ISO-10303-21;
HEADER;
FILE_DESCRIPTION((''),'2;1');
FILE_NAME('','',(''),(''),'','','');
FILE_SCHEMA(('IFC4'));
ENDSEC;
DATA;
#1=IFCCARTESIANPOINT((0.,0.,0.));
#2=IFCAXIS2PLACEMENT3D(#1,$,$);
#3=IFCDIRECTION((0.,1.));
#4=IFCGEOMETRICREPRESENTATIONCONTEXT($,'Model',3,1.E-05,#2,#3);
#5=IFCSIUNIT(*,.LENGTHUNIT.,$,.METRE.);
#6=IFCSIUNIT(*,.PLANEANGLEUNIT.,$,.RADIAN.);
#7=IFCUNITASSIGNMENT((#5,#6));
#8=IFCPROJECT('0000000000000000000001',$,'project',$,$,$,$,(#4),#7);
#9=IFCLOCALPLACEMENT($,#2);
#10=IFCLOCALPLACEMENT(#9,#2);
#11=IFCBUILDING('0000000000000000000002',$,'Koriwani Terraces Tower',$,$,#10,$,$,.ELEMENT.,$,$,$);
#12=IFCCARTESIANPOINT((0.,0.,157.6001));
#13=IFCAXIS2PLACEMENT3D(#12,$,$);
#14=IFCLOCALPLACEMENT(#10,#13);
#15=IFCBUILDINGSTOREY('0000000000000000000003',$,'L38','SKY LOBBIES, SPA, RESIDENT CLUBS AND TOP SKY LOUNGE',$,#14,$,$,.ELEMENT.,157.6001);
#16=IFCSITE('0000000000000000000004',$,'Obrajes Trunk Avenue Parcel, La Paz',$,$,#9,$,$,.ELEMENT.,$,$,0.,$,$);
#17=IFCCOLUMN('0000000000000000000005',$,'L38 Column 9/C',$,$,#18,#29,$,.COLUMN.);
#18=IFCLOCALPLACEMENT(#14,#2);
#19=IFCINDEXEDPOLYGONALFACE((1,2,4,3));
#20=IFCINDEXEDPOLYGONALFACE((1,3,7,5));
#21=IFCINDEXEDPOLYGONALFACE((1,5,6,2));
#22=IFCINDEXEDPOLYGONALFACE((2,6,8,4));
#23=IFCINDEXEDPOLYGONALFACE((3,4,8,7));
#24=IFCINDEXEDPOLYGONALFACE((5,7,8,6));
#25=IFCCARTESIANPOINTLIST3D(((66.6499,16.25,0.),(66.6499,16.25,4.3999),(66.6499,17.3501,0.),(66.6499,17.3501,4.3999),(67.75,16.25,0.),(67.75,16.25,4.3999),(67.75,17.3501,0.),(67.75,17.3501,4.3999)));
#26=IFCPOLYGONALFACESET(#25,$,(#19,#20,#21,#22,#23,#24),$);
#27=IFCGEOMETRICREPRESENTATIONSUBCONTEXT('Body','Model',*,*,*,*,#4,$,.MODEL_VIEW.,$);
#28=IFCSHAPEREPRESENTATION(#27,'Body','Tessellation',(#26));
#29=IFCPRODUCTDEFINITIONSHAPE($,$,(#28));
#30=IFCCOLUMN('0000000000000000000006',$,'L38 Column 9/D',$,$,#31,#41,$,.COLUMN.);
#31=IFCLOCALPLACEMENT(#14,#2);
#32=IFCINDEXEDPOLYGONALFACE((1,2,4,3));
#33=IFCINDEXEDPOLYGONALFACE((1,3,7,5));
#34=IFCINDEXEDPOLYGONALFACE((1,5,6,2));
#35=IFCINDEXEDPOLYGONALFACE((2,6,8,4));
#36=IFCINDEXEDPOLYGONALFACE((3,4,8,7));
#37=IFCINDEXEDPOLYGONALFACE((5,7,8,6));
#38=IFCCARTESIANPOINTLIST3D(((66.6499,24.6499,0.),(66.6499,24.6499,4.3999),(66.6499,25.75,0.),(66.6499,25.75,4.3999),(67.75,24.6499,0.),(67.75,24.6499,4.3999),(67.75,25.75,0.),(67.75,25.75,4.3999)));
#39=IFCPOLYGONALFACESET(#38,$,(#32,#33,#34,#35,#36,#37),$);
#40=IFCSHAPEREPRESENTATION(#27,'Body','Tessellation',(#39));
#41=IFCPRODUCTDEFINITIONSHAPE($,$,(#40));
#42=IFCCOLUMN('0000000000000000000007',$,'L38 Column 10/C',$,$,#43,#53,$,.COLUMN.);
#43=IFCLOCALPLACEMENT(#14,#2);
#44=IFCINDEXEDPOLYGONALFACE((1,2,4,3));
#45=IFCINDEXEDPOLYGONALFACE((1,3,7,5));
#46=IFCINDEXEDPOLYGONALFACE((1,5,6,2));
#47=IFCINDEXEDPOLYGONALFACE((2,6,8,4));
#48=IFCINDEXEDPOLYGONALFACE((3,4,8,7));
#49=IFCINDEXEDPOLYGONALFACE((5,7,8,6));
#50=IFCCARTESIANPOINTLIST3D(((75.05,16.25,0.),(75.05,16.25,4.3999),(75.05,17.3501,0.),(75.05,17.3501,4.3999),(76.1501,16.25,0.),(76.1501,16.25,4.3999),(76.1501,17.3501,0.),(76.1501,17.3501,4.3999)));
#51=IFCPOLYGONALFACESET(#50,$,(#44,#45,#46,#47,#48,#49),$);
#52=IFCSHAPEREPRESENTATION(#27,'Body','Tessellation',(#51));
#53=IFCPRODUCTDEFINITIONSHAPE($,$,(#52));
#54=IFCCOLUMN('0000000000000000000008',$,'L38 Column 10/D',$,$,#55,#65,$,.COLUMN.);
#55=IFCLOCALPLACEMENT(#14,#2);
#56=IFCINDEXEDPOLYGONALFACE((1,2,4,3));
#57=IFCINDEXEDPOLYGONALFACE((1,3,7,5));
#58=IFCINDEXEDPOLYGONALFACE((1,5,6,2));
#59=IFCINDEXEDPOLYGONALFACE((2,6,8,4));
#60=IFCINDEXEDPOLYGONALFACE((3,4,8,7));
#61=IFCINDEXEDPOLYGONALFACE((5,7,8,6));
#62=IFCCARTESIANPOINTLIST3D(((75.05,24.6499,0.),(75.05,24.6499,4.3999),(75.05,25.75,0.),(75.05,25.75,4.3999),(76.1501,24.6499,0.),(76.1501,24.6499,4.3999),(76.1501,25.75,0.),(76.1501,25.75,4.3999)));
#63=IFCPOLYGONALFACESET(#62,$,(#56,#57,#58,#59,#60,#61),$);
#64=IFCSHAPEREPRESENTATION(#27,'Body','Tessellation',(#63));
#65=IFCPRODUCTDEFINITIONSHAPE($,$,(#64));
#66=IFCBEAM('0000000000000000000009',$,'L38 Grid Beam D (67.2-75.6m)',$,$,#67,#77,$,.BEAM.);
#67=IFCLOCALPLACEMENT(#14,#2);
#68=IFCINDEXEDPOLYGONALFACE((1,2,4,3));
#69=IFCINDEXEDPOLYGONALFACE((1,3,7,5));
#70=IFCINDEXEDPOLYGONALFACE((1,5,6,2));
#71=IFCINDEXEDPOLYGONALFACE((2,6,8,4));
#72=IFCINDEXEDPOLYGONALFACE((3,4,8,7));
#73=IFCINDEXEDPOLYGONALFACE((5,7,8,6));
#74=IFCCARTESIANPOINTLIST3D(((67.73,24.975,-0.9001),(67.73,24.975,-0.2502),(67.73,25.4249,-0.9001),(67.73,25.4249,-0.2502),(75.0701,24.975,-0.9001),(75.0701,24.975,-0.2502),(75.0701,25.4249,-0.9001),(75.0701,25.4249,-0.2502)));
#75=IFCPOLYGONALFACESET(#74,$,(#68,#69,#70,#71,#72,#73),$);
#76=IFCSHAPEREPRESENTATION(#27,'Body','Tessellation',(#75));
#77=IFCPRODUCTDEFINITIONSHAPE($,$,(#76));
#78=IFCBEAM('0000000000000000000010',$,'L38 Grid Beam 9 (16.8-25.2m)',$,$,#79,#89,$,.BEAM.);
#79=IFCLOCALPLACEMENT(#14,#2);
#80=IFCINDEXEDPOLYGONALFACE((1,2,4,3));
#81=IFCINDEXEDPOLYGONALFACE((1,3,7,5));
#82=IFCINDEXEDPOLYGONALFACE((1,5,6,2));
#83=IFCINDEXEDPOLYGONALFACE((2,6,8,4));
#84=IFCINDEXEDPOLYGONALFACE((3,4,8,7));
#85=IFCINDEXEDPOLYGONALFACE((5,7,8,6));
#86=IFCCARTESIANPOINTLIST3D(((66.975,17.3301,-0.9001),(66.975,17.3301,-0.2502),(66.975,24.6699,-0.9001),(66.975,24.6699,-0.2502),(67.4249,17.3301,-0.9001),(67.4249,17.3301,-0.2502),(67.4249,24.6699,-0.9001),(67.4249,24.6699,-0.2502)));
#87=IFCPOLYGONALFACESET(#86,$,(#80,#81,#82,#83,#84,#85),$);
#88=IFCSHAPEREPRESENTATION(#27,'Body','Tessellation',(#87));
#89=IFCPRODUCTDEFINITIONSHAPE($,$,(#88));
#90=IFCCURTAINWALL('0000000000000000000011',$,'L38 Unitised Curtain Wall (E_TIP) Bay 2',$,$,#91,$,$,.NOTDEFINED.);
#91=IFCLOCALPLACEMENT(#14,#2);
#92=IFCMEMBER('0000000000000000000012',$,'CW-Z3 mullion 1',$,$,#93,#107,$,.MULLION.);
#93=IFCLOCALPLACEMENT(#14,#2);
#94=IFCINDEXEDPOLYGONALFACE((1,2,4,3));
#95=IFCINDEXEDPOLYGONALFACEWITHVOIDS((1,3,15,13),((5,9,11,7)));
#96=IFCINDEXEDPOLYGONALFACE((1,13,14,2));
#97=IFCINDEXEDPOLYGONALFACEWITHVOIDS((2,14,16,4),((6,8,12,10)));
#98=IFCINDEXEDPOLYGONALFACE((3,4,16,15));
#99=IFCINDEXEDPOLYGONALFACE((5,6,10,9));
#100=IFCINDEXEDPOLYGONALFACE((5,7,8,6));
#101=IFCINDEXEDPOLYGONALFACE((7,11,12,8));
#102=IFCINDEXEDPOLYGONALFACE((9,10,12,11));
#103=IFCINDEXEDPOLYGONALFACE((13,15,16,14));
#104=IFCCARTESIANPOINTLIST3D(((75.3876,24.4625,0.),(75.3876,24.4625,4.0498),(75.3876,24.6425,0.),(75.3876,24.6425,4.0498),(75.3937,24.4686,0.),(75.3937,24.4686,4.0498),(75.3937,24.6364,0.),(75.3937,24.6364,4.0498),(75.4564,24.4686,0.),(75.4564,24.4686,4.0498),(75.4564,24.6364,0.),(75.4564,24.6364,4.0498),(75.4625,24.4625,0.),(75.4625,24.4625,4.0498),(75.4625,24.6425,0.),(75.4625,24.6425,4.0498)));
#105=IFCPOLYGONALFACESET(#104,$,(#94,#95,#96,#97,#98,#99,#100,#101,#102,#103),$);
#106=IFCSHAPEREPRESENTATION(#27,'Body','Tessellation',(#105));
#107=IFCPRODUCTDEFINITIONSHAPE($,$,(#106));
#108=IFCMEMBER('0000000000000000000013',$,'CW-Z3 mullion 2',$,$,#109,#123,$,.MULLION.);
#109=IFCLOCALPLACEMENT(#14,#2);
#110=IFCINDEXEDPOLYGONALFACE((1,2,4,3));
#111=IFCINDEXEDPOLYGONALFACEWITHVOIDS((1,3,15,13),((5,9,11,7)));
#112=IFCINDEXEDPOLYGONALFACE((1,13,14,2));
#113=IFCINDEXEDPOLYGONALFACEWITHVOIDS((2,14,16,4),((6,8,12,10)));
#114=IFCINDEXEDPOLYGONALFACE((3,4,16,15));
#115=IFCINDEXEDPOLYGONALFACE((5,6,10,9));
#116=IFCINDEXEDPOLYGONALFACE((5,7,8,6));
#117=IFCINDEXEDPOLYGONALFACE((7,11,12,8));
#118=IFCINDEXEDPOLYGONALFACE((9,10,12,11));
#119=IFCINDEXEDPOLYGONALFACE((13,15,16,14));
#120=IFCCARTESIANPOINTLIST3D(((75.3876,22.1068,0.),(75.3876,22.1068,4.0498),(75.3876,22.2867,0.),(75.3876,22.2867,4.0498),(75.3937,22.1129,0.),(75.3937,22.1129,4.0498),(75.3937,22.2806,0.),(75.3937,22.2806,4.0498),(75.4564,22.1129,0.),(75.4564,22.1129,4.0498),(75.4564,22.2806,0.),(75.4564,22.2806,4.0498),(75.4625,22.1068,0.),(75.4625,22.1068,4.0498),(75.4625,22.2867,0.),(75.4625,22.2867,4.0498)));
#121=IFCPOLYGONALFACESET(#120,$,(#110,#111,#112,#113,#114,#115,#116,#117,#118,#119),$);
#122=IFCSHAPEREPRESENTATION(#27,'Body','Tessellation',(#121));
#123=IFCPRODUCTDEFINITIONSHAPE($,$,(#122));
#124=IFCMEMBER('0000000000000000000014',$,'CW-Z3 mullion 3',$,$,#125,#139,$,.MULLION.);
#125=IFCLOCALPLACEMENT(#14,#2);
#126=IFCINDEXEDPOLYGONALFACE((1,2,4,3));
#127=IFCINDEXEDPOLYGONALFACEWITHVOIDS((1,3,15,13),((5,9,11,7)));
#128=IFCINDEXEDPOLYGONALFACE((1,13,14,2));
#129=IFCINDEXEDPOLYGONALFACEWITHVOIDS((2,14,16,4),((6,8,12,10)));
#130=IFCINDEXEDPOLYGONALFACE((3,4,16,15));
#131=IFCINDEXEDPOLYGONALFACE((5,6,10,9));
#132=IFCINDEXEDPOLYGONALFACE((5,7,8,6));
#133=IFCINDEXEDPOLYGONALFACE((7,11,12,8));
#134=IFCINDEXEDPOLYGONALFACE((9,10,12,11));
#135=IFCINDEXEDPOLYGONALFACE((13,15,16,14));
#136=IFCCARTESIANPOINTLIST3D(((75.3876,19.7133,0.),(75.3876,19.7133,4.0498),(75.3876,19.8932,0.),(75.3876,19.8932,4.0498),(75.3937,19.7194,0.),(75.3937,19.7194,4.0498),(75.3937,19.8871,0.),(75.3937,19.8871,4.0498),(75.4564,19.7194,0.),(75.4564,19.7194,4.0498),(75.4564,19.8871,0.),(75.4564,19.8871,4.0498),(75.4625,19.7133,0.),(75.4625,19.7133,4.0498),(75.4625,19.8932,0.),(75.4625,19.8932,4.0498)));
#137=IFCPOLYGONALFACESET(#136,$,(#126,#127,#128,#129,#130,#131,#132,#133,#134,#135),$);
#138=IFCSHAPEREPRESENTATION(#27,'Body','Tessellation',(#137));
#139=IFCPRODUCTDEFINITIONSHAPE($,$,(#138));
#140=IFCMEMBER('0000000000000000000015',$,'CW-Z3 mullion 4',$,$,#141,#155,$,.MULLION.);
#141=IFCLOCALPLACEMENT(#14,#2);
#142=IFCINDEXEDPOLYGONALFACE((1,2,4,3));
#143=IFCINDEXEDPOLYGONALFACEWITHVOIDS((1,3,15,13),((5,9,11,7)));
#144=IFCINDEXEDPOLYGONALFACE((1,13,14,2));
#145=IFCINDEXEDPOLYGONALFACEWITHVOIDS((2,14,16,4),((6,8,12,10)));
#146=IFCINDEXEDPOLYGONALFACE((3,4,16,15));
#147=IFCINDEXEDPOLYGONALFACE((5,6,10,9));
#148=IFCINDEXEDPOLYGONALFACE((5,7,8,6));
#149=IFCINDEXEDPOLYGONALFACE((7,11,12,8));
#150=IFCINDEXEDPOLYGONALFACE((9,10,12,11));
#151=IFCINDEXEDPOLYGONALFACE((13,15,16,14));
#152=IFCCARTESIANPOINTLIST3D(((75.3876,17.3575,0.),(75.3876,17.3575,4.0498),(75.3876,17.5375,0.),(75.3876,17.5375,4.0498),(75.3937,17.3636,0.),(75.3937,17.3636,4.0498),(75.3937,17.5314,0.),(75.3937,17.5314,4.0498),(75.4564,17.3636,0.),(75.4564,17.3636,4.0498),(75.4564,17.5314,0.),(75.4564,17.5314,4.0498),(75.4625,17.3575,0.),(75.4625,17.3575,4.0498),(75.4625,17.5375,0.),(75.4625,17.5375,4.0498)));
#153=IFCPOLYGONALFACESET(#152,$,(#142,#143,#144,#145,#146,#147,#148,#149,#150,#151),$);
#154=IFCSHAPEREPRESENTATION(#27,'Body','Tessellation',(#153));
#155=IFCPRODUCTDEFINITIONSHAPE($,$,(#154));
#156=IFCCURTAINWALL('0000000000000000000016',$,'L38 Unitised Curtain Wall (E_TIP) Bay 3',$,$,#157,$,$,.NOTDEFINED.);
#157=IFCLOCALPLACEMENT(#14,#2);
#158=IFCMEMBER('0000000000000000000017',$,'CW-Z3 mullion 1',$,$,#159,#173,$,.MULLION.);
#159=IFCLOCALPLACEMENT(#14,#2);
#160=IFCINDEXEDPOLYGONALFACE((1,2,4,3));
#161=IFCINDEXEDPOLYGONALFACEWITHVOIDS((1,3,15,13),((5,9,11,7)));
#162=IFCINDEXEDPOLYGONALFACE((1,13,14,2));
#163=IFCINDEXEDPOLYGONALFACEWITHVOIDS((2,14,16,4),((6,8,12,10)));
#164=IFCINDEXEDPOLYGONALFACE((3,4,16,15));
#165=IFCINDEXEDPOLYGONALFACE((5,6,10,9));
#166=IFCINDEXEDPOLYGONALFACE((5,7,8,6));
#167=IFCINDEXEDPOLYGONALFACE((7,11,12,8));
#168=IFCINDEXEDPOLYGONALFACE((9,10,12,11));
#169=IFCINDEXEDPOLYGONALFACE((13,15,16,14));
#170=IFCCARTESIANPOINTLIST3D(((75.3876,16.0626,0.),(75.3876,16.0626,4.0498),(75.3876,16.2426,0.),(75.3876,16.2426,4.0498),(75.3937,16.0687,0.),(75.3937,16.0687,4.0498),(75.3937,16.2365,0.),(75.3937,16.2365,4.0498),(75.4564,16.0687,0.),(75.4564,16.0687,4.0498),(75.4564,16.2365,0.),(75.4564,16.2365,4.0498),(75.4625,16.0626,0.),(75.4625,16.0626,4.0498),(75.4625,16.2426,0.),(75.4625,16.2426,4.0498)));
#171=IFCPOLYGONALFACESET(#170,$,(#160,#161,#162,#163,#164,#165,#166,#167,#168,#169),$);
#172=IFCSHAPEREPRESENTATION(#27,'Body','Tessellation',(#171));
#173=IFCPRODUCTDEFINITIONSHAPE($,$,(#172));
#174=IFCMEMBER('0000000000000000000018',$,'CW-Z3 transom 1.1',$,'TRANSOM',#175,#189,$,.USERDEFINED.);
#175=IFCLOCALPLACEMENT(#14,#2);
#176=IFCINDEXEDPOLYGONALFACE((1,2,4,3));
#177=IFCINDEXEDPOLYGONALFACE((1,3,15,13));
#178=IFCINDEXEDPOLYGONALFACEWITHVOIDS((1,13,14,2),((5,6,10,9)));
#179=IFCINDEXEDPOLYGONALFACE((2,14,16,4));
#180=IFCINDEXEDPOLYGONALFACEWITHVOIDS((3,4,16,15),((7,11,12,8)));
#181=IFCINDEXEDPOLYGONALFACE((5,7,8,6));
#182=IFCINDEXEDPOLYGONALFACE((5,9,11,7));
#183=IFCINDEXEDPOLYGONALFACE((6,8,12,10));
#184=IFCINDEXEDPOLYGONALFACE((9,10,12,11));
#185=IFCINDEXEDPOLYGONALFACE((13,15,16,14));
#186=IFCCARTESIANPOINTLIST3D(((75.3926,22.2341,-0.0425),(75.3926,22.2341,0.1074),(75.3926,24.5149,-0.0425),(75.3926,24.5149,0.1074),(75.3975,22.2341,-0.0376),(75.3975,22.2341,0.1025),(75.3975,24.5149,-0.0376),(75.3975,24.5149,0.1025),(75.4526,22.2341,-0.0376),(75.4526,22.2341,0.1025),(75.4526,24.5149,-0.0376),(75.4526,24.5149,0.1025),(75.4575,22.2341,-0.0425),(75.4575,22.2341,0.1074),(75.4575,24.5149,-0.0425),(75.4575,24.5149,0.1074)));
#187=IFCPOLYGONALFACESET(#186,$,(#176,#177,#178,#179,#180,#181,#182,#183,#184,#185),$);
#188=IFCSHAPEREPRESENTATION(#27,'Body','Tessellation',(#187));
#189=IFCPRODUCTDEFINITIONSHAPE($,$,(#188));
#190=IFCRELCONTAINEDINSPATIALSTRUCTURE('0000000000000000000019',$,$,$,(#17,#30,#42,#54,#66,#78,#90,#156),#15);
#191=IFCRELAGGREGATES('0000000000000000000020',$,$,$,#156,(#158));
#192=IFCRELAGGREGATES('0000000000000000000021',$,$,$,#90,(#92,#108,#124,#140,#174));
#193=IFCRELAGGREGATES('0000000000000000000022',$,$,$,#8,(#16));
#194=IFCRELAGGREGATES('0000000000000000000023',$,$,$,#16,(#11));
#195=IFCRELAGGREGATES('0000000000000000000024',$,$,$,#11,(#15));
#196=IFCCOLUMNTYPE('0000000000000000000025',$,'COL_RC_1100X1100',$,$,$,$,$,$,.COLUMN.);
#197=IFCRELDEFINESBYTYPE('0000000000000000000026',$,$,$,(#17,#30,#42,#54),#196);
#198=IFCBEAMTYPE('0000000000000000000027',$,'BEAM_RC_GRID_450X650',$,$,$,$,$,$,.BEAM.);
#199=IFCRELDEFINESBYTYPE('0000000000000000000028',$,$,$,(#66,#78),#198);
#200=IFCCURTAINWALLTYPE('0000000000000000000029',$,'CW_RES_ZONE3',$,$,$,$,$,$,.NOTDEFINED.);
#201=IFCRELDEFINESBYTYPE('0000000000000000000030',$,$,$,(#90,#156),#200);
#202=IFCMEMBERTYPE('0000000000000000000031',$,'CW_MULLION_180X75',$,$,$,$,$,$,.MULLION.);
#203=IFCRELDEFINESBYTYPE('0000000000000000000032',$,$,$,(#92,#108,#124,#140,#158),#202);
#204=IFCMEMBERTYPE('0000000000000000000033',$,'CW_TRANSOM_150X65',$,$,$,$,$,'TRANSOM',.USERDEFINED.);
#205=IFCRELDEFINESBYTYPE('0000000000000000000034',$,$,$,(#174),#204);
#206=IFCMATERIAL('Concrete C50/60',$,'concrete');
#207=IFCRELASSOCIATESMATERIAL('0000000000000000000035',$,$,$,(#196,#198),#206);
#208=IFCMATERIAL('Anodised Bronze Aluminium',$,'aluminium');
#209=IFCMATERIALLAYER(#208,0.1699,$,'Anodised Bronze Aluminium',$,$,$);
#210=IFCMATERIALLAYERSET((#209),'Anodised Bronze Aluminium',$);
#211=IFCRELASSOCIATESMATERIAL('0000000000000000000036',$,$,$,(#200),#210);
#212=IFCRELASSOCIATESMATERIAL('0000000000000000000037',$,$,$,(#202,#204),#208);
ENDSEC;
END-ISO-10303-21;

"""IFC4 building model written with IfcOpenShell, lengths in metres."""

from ifc_helpers import new_model, si_unit, direction, frame, origin, origin_2d, place, context, subcontext, project, spatial, rectangle, hollow_rectangle, extrude, material, layer, layer_set, material_profile, profile_set, type_object, element, aggregate, save


model = new_model("IFC4")

# Units and contexts
model_context = context("Model", 3, precision=1e-05, world=origin(), true_north=direction((0.0, 1.0)))
body_context = subcontext(model_context, "Body", "Model", "MODEL_VIEW")
ifc_project = project(units=[si_unit("LENGTHUNIT", "METRE"), si_unit("PLANEANGLEUNIT", "RADIAN")], contexts=[model_context])

# Site, building, storey
site_placement = place(None, origin())
site = spatial("IfcSite", under=ifc_project, at=site_placement, Name="Obrajes Trunk Avenue Parcel, La Paz", CompositionType="ELEMENT", RefElevation=0.0)
building_placement = place(site_placement, origin())
building = spatial("IfcBuilding", under=site, at=building_placement, Name="Koriwani Terraces Tower", CompositionType="ELEMENT")
storey_placement = place(building_placement, frame((0.0, 0.0, 157.6001)))
storey = spatial("IfcBuildingStorey", under=building, at=storey_placement, Name="L38", Description="SKY LOBBIES, SPA, RESIDENT CLUBS AND TOP SKY LOUNGE", CompositionType="ELEMENT", Elevation=157.6001)

# Columns
ifc_material_1 = material(Name="Concrete C50/60", Category="concrete")
ifc_material_profile_1 = material_profile(ifc_material_1, rectangle(XDim=1.1001, YDim=1.1001, at=origin_2d()), Name="Concrete C50/60", Category="LoadBearing")
ifc_profile_set_1 = profile_set([ifc_material_profile_1], Name="Concrete C50/60")
column_type = type_object("IfcColumnType", Name="COL_RC_1100X1100", PredefinedType="COLUMN", material=ifc_profile_set_1)
for number, where, z_axis, x_axis, name in (
    (1, (67.2, 16.8, 0.0), (0.0, 0.0, 1.0), (1.0, 0.0, 0.0), "L38 Column 9/C"),
    (2, (67.2, 25.2, 0.0), (0.0, 0.0, 1.0), (1.0, 0.0, 0.0), "L38 Column 9/D"),
    (3, (75.6001, 16.8, 0.0), (0.0, 0.0, 1.0), (1.0, 0.0, 0.0), "L38 Column 10/C"),
    (4, (75.6001, 25.2, 0.0), (0.0, 0.0, 1.0), (1.0, 0.0, 0.0), "L38 Column 10/D"),
):
    element("IfcColumn", number, at=place(storey_placement, frame(where, z_axis=z_axis, x_axis=x_axis)), inside=storey, type_object=column_type, Name=name, PredefinedType="COLUMN", context=body_context, shape_type="SweptSolid", body=[
        extrude(rectangle(XDim=1.1001, YDim=1.1001, at=origin_2d()), origin(), (0.0, 0.0, 1.0), 4.3999),
    ])

# Beams
ifc_material_profile_2 = material_profile(ifc_material_1, rectangle(XDim=0.45, YDim=0.6499, at=origin_2d()), Name="Concrete C50/60", Category="LoadBearing")
ifc_profile_set_2 = profile_set([ifc_material_profile_2], Name="Concrete C50/60")
beam_type_1 = type_object("IfcBeamType", Name="BEAM_RC_GRID_450X650", PredefinedType="BEAM", material=ifc_profile_set_2)
beam_1_placement = place(storey_placement, frame((67.73, 25.2, -0.5752), z_axis=(1.0, 0.0, 0.0), x_axis=(0.0, 1.0, 0.0)))
element("IfcBeam", 5, at=beam_1_placement, inside=storey, type_object=beam_type_1, Name="L38 Grid Beam D (67.2-75.6m)", PredefinedType="BEAM", context=body_context, shape_type="SweptSolid", body=[
    extrude(rectangle(XDim=0.45, YDim=0.6499, at=origin_2d()), origin(), (0.0, 0.0, 1.0), 7.3401),
])
beam_2_placement = place(storey_placement, frame((67.2, 17.3301, -0.5752), z_axis=(0.0, 1.0, 0.0), x_axis=(-1.0, 0.0, 0.0)))
element("IfcBeam", 6, at=beam_2_placement, inside=storey, type_object=beam_type_1, Name="L38 Grid Beam 9 (16.8-25.2m)", PredefinedType="BEAM", context=body_context, shape_type="SweptSolid", body=[
    extrude(rectangle(XDim=0.45, YDim=0.6499, at=origin_2d()), origin(), (0.0, 0.0, 1.0), 7.3398),
])

# Curtain wall, members
ifc_material_2 = material(Name="Anodised Bronze Aluminium", Category="aluminium")
ifc_layer_1 = layer(ifc_material_2, 0.1699, Name="Anodised Bronze Aluminium")
ifc_layer_set_1 = layer_set([ifc_layer_1], Name="Anodised Bronze Aluminium")
curtain_wall_type = type_object("IfcCurtainWallType", Name="CW_RES_ZONE3", PredefinedType="NOTDEFINED", material=ifc_layer_set_1)
curtain_wall_1_placement = place(storey_placement, origin())
curtain_wall_1 = element("IfcCurtainWall", 7, at=curtain_wall_1_placement, inside=storey, type_object=curtain_wall_type, Name="L38 Unitised Curtain Wall (E_TIP) Bay 2", PredefinedType="NOTDEFINED")
ifc_material_profile_3 = material_profile(ifc_material_2, hollow_rectangle(XDim=0.075, YDim=0.1799, WallThickness=0.0061, at=origin_2d()), Name="Anodised Bronze Aluminium", Category="LoadBearing")
ifc_profile_set_3 = profile_set([ifc_material_profile_3], Name="Anodised Bronze Aluminium")
member_type_1 = type_object("IfcMemberType", Name="CW_MULLION_180X75", PredefinedType="MULLION", material=ifc_profile_set_3)
member_1_placement = place(storey_placement, frame((75.425, 24.5525, 0.0), z_axis=(0.0, 0.0, 1.0), x_axis=(1.0, 0.0, 0.0)))
member_1 = element("IfcMember", 8, at=member_1_placement, type_object=member_type_1, Name="CW-Z3 mullion 1", PredefinedType="MULLION", context=body_context, shape_type="SweptSolid", body=[
    extrude(hollow_rectangle(XDim=0.075, YDim=0.1799, WallThickness=0.0061, at=origin_2d()), origin(), (0.0, 0.0, 1.0), 4.0498),
])
member_2_placement = place(storey_placement, frame((75.425, 22.1968, 0.0), z_axis=(0.0, 0.0, 1.0), x_axis=(1.0, 0.0, 0.0)))
member_2 = element("IfcMember", 9, at=member_2_placement, type_object=member_type_1, Name="CW-Z3 mullion 2", PredefinedType="MULLION", context=body_context, shape_type="SweptSolid", body=[
    extrude(hollow_rectangle(XDim=0.075, YDim=0.1799, WallThickness=0.0061, at=origin_2d()), origin(), (0.0, 0.0, 1.0), 4.0498),
])
member_3_placement = place(storey_placement, frame((75.425, 19.8032, 0.0), z_axis=(0.0, 0.0, 1.0), x_axis=(1.0, 0.0, 0.0)))
member_3 = element("IfcMember", 10, at=member_3_placement, type_object=member_type_1, Name="CW-Z3 mullion 3", PredefinedType="MULLION", context=body_context, shape_type="SweptSolid", body=[
    extrude(hollow_rectangle(XDim=0.075, YDim=0.1799, WallThickness=0.0061, at=origin_2d()), origin(), (0.0, 0.0, 1.0), 4.0498),
])
member_4_placement = place(storey_placement, frame((75.425, 17.4475, 0.0), z_axis=(0.0, 0.0, 1.0), x_axis=(1.0, 0.0, 0.0)))
member_4 = element("IfcMember", 11, at=member_4_placement, type_object=member_type_1, Name="CW-Z3 mullion 4", PredefinedType="MULLION", context=body_context, shape_type="SweptSolid", body=[
    extrude(hollow_rectangle(XDim=0.075, YDim=0.1799, WallThickness=0.0061, at=origin_2d()), origin(), (0.0, 0.0, 1.0), 4.0498),
])

# Curtain wall, member
curtain_wall_2_placement = place(storey_placement, origin())
curtain_wall_2 = element("IfcCurtainWall", 12, at=curtain_wall_2_placement, inside=storey, type_object=curtain_wall_type, Name="L38 Unitised Curtain Wall (E_TIP) Bay 3", PredefinedType="NOTDEFINED")
member_5_placement = place(storey_placement, frame((75.425, 16.1526, 0.0), z_axis=(0.0, 0.0, 1.0), x_axis=(1.0, 0.0, 0.0)))
member_5 = element("IfcMember", 13, at=member_5_placement, type_object=member_type_1, Name="CW-Z3 mullion 1", PredefinedType="MULLION", context=body_context, shape_type="SweptSolid", body=[
    extrude(hollow_rectangle(XDim=0.075, YDim=0.1799, WallThickness=0.0061, at=origin_2d()), origin(), (0.0, 0.0, 1.0), 4.0498),
])

# Member
ifc_material_profile_4 = material_profile(ifc_material_2, hollow_rectangle(XDim=0.0649, YDim=0.1499, WallThickness=0.0049, at=origin_2d()), Name="Anodised Bronze Aluminium", Category="LoadBearing")
ifc_profile_set_4 = profile_set([ifc_material_profile_4], Name="Anodised Bronze Aluminium")
member_type_2 = type_object("IfcMemberType", Name="CW_TRANSOM_150X65", ElementType="TRANSOM", PredefinedType="USERDEFINED", material=ifc_profile_set_4)
member_6_placement = place(storey_placement, frame((75.425, 24.5149, 0.0325), z_axis=(0.0, -1.0, 0.0), x_axis=(1.0, 0.0, 0.0)))
member_6 = element("IfcMember", 14, at=member_6_placement, type_object=member_type_2, Name="CW-Z3 transom 1.1", ObjectType="TRANSOM", PredefinedType="USERDEFINED", context=body_context, shape_type="SweptSolid", body=[
    extrude(hollow_rectangle(XDim=0.0649, YDim=0.1499, WallThickness=0.0049, at=origin_2d()), origin(), (0.0, 0.0, 1.0), 2.2808),
])
aggregate(curtain_wall_2, [member_5])

aggregate(curtain_wall_1, [member_1, member_2, member_3, member_4, member_6])

save(model, "model.ifc")
